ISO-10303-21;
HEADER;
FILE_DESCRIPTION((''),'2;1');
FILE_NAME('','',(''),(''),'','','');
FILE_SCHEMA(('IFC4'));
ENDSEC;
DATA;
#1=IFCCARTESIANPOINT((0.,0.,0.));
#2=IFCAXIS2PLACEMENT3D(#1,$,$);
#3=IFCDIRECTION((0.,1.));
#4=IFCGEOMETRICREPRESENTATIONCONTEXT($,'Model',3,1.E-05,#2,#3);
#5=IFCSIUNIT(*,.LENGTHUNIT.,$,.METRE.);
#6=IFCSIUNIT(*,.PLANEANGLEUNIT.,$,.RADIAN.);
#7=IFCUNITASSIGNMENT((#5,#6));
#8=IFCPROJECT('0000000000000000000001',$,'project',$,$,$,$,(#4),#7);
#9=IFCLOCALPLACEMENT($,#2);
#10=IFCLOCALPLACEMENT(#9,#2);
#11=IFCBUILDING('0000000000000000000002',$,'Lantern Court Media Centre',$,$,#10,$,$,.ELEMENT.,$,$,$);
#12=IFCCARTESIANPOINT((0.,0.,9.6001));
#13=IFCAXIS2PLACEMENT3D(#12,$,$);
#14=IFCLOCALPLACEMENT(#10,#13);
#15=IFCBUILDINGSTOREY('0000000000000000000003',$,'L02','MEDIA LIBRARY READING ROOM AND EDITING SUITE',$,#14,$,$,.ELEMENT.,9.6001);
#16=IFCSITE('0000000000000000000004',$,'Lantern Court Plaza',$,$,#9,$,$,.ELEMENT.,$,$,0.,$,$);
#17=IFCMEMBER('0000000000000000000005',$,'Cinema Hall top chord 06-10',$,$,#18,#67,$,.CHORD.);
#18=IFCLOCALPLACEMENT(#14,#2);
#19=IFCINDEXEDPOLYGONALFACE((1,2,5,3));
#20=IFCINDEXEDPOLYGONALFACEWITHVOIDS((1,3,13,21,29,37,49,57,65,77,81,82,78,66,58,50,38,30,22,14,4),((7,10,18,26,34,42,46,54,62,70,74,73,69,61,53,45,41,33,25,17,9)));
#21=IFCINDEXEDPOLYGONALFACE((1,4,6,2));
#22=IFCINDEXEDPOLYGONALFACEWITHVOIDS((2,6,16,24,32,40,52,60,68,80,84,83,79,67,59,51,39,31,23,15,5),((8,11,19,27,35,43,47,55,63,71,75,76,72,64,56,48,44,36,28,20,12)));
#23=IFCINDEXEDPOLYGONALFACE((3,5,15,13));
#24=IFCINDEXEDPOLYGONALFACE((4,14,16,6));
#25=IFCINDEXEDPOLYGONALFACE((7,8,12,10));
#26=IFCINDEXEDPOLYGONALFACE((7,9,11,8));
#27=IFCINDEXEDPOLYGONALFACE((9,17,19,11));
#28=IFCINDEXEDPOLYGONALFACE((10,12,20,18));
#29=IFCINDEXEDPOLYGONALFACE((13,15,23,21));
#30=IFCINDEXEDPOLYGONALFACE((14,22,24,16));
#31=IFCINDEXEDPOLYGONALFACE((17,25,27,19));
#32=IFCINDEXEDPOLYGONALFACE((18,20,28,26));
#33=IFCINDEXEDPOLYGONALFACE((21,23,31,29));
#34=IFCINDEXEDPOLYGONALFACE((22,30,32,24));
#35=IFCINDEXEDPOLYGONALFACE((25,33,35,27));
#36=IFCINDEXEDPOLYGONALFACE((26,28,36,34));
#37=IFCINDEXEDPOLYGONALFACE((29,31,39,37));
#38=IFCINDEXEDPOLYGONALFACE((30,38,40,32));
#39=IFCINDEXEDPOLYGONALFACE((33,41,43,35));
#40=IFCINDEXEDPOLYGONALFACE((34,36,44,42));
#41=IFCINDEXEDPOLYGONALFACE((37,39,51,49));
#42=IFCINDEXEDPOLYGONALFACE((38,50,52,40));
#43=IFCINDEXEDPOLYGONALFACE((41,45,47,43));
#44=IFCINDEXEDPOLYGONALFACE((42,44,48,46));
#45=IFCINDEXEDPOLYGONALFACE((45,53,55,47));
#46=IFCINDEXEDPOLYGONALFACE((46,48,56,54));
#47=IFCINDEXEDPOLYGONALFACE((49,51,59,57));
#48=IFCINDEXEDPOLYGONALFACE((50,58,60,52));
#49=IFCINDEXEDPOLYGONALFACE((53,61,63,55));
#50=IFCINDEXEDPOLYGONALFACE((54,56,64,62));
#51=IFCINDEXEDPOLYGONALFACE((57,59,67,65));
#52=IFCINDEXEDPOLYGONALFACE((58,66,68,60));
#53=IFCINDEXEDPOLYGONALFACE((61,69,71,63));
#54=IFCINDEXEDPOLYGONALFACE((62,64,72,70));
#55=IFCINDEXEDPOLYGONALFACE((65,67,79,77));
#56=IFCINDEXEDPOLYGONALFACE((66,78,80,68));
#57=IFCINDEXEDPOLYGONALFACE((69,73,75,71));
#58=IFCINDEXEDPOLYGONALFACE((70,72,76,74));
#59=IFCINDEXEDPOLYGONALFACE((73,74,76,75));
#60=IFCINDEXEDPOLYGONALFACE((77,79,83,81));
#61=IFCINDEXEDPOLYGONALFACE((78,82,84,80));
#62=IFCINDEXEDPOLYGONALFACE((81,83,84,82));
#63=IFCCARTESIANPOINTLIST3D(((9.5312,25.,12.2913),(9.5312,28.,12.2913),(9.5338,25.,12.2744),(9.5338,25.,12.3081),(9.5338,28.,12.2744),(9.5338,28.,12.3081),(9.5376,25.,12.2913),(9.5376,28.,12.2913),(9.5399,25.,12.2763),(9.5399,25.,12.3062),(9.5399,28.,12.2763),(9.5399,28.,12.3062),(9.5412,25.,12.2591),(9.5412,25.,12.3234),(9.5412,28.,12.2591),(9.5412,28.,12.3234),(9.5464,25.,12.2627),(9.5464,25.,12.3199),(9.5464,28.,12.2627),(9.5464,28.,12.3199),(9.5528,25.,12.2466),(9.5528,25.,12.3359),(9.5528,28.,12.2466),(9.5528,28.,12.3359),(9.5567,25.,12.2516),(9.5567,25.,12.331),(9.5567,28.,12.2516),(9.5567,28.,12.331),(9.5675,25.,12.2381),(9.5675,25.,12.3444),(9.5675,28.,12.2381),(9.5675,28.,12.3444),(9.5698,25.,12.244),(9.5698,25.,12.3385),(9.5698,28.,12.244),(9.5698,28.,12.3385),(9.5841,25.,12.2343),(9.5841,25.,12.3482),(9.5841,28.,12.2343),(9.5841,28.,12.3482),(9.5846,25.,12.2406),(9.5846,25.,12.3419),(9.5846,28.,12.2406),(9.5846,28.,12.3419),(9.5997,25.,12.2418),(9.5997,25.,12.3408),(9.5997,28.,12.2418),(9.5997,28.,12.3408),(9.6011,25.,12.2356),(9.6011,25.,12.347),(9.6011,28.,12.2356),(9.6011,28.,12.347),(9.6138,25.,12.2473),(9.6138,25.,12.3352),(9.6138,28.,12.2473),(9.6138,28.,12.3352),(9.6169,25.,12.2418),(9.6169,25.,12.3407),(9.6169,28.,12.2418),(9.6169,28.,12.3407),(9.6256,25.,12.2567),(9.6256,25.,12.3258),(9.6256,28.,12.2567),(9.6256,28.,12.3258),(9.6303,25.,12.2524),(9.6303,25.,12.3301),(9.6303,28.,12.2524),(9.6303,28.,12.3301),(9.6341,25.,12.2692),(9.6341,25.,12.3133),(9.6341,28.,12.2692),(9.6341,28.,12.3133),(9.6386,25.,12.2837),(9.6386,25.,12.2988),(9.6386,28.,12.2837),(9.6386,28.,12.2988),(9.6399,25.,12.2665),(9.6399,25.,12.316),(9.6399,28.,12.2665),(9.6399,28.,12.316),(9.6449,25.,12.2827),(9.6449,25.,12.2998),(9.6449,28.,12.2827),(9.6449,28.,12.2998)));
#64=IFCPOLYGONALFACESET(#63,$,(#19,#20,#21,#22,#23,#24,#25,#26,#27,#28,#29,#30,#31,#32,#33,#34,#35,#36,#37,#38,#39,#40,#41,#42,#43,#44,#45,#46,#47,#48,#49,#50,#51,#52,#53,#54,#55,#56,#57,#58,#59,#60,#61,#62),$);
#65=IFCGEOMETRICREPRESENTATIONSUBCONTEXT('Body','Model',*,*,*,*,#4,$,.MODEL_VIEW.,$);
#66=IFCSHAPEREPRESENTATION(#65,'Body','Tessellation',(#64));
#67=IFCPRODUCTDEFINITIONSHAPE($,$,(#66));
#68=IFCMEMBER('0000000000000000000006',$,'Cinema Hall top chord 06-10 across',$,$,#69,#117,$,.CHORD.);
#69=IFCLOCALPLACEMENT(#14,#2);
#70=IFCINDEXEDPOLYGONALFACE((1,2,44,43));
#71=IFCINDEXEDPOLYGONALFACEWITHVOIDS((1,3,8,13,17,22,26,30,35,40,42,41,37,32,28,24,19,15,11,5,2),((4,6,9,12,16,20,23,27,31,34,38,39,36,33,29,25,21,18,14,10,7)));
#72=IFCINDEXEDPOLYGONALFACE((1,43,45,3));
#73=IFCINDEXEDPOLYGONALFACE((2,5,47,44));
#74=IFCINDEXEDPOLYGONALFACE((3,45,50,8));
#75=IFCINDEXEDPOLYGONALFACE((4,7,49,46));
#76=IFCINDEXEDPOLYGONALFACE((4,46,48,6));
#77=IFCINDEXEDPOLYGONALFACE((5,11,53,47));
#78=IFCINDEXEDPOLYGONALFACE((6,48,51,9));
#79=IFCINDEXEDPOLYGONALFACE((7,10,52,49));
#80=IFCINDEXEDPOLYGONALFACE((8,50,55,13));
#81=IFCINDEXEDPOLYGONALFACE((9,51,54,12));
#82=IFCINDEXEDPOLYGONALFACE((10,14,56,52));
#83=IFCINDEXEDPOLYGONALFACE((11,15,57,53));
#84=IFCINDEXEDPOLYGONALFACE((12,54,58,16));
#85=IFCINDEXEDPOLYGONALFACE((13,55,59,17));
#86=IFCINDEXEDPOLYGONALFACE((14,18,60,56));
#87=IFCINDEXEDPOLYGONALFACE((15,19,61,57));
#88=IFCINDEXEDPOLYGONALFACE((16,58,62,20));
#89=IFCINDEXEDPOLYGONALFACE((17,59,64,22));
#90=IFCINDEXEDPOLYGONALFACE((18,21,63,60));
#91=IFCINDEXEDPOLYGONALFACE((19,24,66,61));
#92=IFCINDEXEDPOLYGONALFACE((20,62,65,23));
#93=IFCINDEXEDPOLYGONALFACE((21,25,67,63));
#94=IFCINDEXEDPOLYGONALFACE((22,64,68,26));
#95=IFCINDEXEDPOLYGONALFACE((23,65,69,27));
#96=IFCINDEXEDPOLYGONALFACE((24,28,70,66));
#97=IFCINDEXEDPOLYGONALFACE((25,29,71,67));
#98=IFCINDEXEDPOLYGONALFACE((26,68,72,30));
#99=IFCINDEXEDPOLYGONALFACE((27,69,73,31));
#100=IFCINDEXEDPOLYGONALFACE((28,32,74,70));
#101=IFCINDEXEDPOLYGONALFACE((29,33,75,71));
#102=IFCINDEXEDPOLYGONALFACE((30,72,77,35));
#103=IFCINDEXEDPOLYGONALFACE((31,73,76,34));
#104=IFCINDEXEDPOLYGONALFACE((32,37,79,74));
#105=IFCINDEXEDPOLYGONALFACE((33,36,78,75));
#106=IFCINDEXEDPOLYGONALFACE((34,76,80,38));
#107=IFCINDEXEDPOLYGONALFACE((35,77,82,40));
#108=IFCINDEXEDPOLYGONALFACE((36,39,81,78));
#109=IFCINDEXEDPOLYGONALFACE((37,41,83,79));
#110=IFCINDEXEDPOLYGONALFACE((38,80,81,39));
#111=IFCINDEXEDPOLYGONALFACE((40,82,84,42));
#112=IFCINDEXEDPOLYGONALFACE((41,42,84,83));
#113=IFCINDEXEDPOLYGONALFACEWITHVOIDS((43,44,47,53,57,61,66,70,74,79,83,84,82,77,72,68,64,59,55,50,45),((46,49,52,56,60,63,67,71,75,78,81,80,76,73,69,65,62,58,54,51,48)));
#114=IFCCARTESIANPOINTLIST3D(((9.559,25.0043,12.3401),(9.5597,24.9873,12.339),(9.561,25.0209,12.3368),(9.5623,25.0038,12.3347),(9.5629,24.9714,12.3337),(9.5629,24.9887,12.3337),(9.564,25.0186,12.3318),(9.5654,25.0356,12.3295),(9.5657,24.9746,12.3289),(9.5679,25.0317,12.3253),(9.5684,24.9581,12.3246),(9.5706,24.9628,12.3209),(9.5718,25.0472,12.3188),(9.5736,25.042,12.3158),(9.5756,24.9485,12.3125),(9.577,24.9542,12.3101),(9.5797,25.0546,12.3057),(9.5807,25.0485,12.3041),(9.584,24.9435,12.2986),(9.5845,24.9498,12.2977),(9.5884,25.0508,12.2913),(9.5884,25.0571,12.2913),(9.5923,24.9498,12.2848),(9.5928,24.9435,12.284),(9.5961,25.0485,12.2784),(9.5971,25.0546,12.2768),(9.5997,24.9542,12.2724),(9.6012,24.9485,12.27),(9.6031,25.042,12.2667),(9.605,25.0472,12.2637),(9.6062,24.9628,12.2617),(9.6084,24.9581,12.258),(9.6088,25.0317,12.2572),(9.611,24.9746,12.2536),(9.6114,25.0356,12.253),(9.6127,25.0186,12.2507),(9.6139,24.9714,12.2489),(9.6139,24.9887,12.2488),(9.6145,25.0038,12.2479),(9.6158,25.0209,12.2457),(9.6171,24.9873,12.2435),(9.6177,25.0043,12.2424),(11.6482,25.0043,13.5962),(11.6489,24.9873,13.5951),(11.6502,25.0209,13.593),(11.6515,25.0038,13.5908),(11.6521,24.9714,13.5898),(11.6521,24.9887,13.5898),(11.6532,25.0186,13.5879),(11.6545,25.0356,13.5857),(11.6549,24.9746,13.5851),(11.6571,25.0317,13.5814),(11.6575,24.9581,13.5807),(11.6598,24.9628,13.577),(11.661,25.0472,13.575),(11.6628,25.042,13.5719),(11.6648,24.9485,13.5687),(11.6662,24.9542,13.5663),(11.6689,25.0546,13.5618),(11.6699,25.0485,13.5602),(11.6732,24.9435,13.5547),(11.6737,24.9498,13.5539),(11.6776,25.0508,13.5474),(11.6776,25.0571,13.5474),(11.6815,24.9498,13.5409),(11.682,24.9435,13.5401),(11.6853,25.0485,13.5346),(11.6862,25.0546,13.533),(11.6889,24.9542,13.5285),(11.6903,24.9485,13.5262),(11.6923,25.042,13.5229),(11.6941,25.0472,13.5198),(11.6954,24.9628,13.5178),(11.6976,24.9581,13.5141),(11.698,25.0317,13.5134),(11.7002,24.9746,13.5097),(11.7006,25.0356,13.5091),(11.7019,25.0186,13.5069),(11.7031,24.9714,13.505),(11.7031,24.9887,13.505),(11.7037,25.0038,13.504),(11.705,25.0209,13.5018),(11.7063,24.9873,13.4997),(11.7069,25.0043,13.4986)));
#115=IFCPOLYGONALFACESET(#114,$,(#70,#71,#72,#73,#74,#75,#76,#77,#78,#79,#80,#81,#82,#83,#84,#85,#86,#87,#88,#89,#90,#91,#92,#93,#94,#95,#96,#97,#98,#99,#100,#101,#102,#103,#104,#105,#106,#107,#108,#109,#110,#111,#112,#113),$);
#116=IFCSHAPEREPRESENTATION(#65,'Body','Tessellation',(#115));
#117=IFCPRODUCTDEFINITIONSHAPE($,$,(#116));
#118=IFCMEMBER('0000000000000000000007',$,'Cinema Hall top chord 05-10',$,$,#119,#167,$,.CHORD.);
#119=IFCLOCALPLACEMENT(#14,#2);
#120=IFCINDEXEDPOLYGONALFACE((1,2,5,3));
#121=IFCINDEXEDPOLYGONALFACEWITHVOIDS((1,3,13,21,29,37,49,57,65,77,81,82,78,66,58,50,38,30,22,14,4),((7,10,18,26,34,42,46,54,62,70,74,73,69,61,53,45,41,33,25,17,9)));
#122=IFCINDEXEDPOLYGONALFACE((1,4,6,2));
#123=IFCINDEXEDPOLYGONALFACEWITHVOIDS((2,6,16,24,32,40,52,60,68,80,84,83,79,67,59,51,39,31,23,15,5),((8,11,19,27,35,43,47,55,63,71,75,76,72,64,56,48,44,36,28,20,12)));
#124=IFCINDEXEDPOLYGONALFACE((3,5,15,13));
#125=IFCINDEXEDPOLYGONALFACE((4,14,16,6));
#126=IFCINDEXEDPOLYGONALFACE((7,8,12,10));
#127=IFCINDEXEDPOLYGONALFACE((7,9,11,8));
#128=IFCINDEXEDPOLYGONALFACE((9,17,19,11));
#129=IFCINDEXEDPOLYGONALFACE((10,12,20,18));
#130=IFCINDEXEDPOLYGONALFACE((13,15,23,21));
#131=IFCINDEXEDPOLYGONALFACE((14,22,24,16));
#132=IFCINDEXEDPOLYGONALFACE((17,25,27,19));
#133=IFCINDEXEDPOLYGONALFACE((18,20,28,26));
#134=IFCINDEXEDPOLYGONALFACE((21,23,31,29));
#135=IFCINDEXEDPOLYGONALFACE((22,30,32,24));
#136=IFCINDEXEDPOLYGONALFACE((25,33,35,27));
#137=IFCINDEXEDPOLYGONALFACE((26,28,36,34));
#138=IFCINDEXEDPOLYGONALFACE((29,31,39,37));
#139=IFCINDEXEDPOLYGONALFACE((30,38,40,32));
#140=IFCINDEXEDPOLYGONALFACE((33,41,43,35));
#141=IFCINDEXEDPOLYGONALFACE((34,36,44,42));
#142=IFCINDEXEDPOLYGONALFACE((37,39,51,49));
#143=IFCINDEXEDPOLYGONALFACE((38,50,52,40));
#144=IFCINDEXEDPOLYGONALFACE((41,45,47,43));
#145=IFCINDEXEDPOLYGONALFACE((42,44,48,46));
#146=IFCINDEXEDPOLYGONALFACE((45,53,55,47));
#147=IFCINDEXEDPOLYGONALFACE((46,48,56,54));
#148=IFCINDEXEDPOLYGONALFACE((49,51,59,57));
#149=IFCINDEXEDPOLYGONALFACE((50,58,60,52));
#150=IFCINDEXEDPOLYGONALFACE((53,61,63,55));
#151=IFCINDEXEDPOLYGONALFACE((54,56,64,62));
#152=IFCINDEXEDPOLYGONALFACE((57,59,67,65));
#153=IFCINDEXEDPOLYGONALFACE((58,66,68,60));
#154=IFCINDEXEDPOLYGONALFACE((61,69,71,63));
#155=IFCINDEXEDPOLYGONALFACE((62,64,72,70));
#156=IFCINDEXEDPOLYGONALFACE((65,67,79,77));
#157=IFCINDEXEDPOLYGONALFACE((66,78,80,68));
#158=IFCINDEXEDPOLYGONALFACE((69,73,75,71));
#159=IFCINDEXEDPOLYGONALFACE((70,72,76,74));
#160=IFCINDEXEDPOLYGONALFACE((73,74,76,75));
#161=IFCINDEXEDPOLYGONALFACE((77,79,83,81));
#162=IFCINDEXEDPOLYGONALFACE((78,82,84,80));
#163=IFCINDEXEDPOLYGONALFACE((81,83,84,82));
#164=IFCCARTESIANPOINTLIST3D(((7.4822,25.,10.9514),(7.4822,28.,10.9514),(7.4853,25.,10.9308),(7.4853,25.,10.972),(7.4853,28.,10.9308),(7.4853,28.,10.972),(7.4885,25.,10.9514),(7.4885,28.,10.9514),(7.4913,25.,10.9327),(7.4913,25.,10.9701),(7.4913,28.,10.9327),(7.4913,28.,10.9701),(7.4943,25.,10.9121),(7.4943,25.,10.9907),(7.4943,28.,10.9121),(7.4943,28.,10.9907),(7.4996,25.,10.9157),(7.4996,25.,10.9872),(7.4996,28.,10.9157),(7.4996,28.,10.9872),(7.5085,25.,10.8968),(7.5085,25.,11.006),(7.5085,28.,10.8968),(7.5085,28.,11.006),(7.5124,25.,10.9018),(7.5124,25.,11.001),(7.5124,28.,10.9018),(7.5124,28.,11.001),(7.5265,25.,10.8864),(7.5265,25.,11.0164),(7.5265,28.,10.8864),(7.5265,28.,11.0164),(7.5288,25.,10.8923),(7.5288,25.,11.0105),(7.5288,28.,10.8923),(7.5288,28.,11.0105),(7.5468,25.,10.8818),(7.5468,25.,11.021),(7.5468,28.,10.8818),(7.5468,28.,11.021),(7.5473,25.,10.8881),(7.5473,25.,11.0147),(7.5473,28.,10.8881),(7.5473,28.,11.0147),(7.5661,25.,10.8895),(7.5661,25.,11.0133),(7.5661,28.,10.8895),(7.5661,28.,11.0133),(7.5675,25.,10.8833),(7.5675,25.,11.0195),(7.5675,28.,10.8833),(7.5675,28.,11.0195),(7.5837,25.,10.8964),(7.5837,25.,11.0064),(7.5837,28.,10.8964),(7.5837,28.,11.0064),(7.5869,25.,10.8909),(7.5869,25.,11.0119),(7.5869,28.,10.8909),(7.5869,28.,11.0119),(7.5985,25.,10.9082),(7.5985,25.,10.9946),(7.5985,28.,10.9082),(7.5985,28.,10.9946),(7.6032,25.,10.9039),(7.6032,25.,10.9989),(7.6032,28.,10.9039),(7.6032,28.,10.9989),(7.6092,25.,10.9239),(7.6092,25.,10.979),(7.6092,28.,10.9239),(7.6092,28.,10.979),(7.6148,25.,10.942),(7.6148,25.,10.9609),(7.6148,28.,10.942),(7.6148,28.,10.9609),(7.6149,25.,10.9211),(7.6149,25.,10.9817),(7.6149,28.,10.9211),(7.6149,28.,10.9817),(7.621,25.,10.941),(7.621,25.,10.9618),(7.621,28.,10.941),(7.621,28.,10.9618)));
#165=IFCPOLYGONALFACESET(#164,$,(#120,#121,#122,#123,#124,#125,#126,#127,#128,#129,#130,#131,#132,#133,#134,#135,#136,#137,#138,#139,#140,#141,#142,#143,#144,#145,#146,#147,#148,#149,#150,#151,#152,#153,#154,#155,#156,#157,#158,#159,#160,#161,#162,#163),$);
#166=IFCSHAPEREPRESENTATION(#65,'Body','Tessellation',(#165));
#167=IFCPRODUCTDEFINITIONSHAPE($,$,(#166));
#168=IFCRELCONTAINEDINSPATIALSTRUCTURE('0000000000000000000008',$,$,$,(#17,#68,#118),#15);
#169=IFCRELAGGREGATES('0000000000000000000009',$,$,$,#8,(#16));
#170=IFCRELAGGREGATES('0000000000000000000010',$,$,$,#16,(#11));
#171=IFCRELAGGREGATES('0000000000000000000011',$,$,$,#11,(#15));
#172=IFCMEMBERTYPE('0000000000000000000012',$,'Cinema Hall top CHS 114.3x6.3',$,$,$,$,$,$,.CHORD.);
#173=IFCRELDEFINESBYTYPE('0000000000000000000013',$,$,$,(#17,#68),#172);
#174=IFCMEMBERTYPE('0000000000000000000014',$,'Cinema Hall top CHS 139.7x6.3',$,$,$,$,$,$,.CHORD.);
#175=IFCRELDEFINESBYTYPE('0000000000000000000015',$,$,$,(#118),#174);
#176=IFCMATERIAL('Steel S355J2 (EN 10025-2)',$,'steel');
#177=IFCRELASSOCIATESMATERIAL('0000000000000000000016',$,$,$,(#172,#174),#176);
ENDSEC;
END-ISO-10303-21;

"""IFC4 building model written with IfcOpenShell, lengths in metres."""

from ifc_helpers import new_model, si_unit, direction, frame, origin, origin_2d, place, context, subcontext, project, spatial, hollow_circle, extrude, material, material_profile, profile_set, type_object, element, save


model = new_model("IFC4")

# Units and contexts
model_context = context("Model", 3, precision=1e-05, world=origin(), true_north=direction((0.0, 1.0)))
body_context = subcontext(model_context, "Body", "Model", "MODEL_VIEW")
ifc_project = project(units=[si_unit("LENGTHUNIT", "METRE"), si_unit("PLANEANGLEUNIT", "RADIAN")], contexts=[model_context])

# Site, building, storey
site_placement = place(None, origin())
site = spatial("IfcSite", under=ifc_project, at=site_placement, Name="Lantern Court Plaza", CompositionType="ELEMENT", RefElevation=0.0)
building_placement = place(site_placement, origin())
building = spatial("IfcBuilding", under=site, at=building_placement, Name="Lantern Court Media Centre", CompositionType="ELEMENT")
storey_placement = place(building_placement, frame((0.0, 0.0, 9.6001)))
storey = spatial("IfcBuildingStorey", under=building, at=storey_placement, Name="L02", Description="MEDIA LIBRARY READING ROOM AND EDITING SUITE", CompositionType="ELEMENT", Elevation=9.6001)

# Members
ifc_material = material(Name="Steel S355J2 (EN 10025-2)", Category="steel")
ifc_material_profile_1 = material_profile(ifc_material, hollow_circle(Radius=0.0571, WallThickness=0.0063, at=origin_2d()), Name="Cinema Hall top CHS 114.3x6.3")
ifc_profile_set_1 = profile_set([ifc_material_profile_1], Name="Steel S355J2 (EN 10025-2)")
member_type_1 = type_object("IfcMemberType", Name="Cinema Hall top CHS 114.3x6.3", PredefinedType="CHORD", material=ifc_profile_set_1)
member_1_placement = place(storey_placement, frame((9.5884, 25.0, 12.2913), z_axis=(0.0, 1.0, 0.0), x_axis=(-1.0, 0.0, 0.0)))
element("IfcMember", 1, at=member_1_placement, inside=storey, type_object=member_type_1, Name="Cinema Hall top chord 06-10", PredefinedType="CHORD", context=body_context, shape_type="SweptSolid", body=[
    extrude(hollow_circle(Radius=0.0571, WallThickness=0.0063, at=origin_2d()), origin(), (0.0, 0.0, 1.0), 3.0),
])
member_2_placement = place(storey_placement, frame((9.5884, 25.0, 12.2913), z_axis=(0.857015, 0.0, 0.515291), x_axis=(0.0, 1.0, 0.0)))
element("IfcMember", 2, at=member_2_placement, inside=storey, type_object=member_type_1, Name="Cinema Hall top chord 06-10 across", PredefinedType="CHORD", context=body_context, shape_type="SweptSolid", body=[
    extrude(hollow_circle(Radius=0.0571, WallThickness=0.0063, at=origin_2d()), origin(), (0.0, 0.0, 1.0), 2.4377),
])
ifc_material_profile_2 = material_profile(ifc_material, hollow_circle(Radius=0.0698, WallThickness=0.0063, at=origin_2d()), Name="Cinema Hall top CHS 139.7x6.3")
ifc_profile_set_2 = profile_set([ifc_material_profile_2], Name="Steel S355J2 (EN 10025-2)")
member_type_2 = type_object("IfcMemberType", Name="Cinema Hall top CHS 139.7x6.3", PredefinedType="CHORD", material=ifc_profile_set_2)
member_3_placement = place(storey_placement, frame((7.552, 25.0, 10.9514), z_axis=(0.0, 1.0, 0.0), x_axis=(-1.0, 0.0, 0.0)))
element("IfcMember", 3, at=member_3_placement, inside=storey, type_object=member_type_2, Name="Cinema Hall top chord 05-10", PredefinedType="CHORD", context=body_context, shape_type="SweptSolid", body=[
    extrude(hollow_circle(Radius=0.0698, WallThickness=0.0063, at=origin_2d()), origin(), (0.0, 0.0, 1.0), 3.0),
])

save(model, "model.ifc")
